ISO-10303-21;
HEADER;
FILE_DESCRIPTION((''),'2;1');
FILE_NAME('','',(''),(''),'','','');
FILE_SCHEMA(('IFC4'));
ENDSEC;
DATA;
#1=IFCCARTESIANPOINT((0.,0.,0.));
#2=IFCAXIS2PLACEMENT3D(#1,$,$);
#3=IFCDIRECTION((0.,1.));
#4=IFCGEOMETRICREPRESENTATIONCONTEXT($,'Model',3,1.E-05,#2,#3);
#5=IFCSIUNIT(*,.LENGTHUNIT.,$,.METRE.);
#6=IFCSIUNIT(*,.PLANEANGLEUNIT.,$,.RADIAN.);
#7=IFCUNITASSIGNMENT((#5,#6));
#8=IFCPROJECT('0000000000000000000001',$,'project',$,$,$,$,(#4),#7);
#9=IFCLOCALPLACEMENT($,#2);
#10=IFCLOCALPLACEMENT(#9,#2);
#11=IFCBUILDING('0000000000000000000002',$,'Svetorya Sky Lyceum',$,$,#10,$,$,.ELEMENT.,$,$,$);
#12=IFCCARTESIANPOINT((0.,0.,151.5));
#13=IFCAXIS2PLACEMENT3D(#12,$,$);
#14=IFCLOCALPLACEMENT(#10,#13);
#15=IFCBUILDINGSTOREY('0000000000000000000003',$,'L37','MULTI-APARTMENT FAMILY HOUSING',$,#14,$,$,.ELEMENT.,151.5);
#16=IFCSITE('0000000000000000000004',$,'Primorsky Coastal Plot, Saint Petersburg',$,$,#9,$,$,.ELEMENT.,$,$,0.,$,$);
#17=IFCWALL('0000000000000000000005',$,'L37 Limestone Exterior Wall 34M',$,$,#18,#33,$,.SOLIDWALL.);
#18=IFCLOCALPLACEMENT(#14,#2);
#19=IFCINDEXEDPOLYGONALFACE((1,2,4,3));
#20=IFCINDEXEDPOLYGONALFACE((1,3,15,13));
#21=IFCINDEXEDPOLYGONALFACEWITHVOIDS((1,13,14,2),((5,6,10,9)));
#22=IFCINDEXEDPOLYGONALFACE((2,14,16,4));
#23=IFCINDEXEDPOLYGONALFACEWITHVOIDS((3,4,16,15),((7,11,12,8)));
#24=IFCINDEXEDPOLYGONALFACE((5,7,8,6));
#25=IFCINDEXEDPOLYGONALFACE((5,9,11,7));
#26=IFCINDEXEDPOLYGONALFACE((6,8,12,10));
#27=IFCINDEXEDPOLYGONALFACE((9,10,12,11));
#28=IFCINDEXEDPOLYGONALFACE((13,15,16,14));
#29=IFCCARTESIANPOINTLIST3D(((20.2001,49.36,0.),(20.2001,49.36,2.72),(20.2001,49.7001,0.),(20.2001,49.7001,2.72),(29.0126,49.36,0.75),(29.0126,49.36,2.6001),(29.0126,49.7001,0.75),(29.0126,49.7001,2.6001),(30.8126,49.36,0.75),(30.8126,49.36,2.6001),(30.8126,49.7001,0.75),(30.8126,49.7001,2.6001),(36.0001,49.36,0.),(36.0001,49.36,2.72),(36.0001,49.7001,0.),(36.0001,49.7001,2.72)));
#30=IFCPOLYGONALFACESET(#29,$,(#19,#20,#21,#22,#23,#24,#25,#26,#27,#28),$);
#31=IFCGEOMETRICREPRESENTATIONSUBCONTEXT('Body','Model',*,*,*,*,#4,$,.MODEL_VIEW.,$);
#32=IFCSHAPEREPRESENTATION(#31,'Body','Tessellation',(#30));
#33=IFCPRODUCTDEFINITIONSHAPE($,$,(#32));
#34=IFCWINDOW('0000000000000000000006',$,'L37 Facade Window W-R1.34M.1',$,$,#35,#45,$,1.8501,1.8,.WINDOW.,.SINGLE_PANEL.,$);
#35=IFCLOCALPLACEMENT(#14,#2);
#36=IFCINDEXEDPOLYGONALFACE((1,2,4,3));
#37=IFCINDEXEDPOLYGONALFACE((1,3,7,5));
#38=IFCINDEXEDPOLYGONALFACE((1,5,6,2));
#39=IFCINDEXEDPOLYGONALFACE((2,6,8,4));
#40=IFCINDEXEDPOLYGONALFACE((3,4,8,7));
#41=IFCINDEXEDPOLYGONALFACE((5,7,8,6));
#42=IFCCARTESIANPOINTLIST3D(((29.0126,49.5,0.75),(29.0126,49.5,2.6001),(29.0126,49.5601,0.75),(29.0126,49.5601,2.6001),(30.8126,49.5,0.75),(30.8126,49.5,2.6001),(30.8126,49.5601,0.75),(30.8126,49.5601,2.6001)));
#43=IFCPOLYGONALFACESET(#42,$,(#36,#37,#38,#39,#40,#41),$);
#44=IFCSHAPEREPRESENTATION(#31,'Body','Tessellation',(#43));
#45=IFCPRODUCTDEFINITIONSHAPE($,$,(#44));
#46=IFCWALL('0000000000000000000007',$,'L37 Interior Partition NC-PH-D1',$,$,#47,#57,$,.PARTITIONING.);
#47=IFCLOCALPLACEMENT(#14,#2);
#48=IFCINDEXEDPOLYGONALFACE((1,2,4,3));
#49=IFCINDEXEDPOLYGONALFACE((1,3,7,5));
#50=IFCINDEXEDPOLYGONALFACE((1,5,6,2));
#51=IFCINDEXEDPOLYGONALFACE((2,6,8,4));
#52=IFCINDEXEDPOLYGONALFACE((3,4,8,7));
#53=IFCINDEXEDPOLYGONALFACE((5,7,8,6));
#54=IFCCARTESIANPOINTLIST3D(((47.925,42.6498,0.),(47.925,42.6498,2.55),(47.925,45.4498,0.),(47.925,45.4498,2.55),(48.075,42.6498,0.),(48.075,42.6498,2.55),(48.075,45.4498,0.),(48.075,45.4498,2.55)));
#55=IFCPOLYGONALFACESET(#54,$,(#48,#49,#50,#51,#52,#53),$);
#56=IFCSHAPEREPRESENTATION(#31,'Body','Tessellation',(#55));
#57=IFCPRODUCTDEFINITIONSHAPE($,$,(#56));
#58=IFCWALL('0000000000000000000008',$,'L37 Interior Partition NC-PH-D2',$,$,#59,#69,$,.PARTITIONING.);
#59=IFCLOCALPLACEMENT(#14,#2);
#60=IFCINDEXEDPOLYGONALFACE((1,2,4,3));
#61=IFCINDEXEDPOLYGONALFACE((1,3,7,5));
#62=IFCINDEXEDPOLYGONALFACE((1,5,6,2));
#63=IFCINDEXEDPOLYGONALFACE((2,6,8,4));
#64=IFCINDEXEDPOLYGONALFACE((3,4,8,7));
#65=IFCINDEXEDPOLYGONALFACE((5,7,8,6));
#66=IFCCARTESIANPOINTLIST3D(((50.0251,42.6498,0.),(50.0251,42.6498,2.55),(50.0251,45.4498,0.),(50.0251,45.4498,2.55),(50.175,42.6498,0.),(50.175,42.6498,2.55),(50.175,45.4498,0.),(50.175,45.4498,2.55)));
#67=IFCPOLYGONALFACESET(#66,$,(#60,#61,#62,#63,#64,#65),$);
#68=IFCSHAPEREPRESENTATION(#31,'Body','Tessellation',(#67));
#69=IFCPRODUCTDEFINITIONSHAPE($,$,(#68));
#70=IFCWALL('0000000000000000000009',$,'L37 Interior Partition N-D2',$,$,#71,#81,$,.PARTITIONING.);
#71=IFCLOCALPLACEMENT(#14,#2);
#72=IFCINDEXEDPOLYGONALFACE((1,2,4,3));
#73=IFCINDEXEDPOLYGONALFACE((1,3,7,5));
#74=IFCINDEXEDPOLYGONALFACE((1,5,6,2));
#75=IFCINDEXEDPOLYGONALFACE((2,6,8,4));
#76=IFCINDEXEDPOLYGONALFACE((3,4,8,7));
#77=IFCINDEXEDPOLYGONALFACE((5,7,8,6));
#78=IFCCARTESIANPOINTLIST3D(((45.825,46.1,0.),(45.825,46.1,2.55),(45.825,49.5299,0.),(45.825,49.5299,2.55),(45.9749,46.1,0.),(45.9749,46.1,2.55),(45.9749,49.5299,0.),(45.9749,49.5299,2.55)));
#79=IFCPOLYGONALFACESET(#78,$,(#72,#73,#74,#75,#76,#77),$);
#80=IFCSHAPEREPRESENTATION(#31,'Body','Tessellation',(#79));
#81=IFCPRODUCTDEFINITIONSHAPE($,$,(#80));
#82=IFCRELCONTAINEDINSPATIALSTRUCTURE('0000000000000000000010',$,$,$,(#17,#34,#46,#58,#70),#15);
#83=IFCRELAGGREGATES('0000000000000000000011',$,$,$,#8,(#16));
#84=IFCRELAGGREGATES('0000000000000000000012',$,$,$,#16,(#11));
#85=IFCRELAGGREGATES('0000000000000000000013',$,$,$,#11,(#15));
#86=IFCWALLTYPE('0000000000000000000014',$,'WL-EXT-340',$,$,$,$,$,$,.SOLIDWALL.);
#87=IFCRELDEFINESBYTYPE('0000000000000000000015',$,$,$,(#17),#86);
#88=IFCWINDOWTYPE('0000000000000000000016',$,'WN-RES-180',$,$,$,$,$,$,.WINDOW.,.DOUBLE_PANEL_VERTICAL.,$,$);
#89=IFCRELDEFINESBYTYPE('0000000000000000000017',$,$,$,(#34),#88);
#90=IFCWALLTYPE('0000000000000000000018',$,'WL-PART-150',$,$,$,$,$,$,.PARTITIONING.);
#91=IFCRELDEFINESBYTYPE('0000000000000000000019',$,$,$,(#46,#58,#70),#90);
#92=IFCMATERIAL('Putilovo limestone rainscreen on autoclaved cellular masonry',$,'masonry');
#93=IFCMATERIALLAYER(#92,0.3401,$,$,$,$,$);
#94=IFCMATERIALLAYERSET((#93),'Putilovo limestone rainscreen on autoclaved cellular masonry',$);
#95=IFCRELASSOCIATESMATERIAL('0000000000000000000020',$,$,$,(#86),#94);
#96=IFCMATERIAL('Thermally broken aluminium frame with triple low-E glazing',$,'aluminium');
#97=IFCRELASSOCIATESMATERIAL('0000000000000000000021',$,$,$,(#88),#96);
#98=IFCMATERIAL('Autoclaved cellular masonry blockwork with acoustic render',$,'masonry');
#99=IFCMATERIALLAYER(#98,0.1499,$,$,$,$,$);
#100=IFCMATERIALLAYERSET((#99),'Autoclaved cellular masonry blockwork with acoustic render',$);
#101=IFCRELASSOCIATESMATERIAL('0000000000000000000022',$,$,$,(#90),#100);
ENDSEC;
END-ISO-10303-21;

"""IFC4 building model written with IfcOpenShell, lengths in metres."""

from ifc_helpers import new_model, si_unit, direction, frame, frame_2d, origin, place, context, subcontext, project, spatial, rectangle, extrude, material, layer, layer_set, type_object, element, fill, save


model = new_model("IFC4")

# Units and contexts
model_context = context("Model", 3, precision=1e-05, world=origin(), true_north=direction((0.0, 1.0)))
body_context = subcontext(model_context, "Body", "Model", "MODEL_VIEW")
ifc_project = project(units=[si_unit("LENGTHUNIT", "METRE"), si_unit("PLANEANGLEUNIT", "RADIAN")], contexts=[model_context])

# Site, building, storey
site_placement = place(None, origin())
site = spatial("IfcSite", under=ifc_project, at=site_placement, Name="Primorsky Coastal Plot, Saint Petersburg", CompositionType="ELEMENT", RefElevation=0.0)
building_placement = place(site_placement, origin())
building = spatial("IfcBuilding", under=site, at=building_placement, Name="Svetorya Sky Lyceum", CompositionType="ELEMENT")
storey_placement = place(building_placement, frame((0.0, 0.0, 151.5)))
storey = spatial("IfcBuildingStorey", under=building, at=storey_placement, Name="L37", Description="MULTI-APARTMENT FAMILY HOUSING", CompositionType="ELEMENT", Elevation=151.5)

# Shared definitions
ifc_material_1 = material(Name="Putilovo limestone rainscreen on autoclaved cellular masonry", Category="masonry")
ifc_layer_1 = layer(ifc_material_1, 0.3401)
ifc_layer_set_1 = layer_set([ifc_layer_1], Name="Putilovo limestone rainscreen on autoclaved cellular masonry")
wall_type_1 = type_object("IfcWallType", Name="WL-EXT-340", PredefinedType="SOLIDWALL", material=ifc_layer_set_1)

# Wall, opening, window
wall_1_placement = place(storey_placement, frame((36.0, 49.53, 0.0), z_axis=(0.0, 0.0, 1.0), x_axis=(-1.0, 0.0, 0.0)))
wall_1 = element("IfcWall", 1, at=wall_1_placement, inside=storey, type_object=wall_type_1, Name="L37 Limestone Exterior Wall 34M", PredefinedType="SOLIDWALL", context=body_context, shape_type="SweptSolid", body=[
    extrude(rectangle(XDim=15.8, YDim=0.3401, at=frame_2d((7.8999, 0.0))), origin(), (0.0, 0.0, 1.0), 2.72),
])
opening_placement = place(wall_1_placement, frame((5.1875, 0.0, 0.75)))
opening = element("IfcOpeningElement", 2, at=opening_placement, cuts=wall_1, PredefinedType="OPENING", context=body_context, shape_type="SweptSolid", body=[
    extrude(rectangle(XDim=1.8, YDim=1.8501, at=frame_2d((0.8999, 0.925))), frame((0.0, 0.1799, 0.0), z_axis=(0.0, -1.0, 0.0), x_axis=(1.0, 0.0, 0.0)), (0.0, 0.0, 1.0), 0.3601),
])
ifc_material_2 = material(Name="Thermally broken aluminium frame with triple low-E glazing", Category="aluminium")
window_type = type_object("IfcWindowType", Name="WN-RES-180", PartitioningType="DOUBLE_PANEL_VERTICAL", PredefinedType="WINDOW", material=ifc_material_2)
window_placement = place(opening_placement, origin())
window = element("IfcWindow", 3, at=window_placement, inside=storey, type_object=window_type, Name="L37 Facade Window W-R1.34M.1", OverallHeight=1.8501, OverallWidth=1.8, PartitioningType="SINGLE_PANEL", PredefinedType="WINDOW", context=body_context, shape_type="SweptSolid", body=[
    extrude(rectangle(XDim=1.8, YDim=1.8501, at=frame_2d((0.8999, 0.925))), frame((0.0, 0.03, 0.0), z_axis=(0.0, -1.0, 0.0), x_axis=(1.0, 0.0, 0.0)), (0.0, 0.0, 1.0), 0.0601),
])
fill(opening, window)

# Walls
ifc_material_3 = material(Name="Autoclaved cellular masonry blockwork with acoustic render", Category="masonry")
ifc_layer_2 = layer(ifc_material_3, 0.1499)
ifc_layer_set_2 = layer_set([ifc_layer_2], Name="Autoclaved cellular masonry blockwork with acoustic render")
wall_type_2 = type_object("IfcWallType", Name="WL-PART-150", PredefinedType="PARTITIONING", material=ifc_layer_set_2)
for number, where, z_axis, x_axis, name in (
    (4, (48.0, 42.6499, 0.0), (0.0, 0.0, 1.0), (0.0, 1.0, 0.0), "L37 Interior Partition NC-PH-D1"),
    (5, (50.1001, 42.6499, 0.0), (0.0, 0.0, 1.0), (0.0, 1.0, 0.0), "L37 Interior Partition NC-PH-D2"),
):
    element("IfcWall", number, at=place(storey_placement, frame(where, z_axis=z_axis, x_axis=x_axis)), inside=storey, type_object=wall_type_2, Name=name, PredefinedType="PARTITIONING", context=body_context, shape_type="SweptSolid", body=[
        extrude(rectangle(XDim=2.8, YDim=0.1499, at=frame_2d((1.3999, 0.0))), origin(), (0.0, 0.0, 1.0), 2.55),
    ])
wall_2_placement = place(storey_placement, frame((45.8999, 46.1001, 0.0), z_axis=(0.0, 0.0, 1.0), x_axis=(0.0, 1.0, 0.0)))
element("IfcWall", 6, at=wall_2_placement, inside=storey, type_object=wall_type_2, Name="L37 Interior Partition N-D2", PredefinedType="PARTITIONING", context=body_context, shape_type="SweptSolid", body=[
    extrude(rectangle(XDim=3.4299, YDim=0.1499, at=frame_2d((1.7148, 0.0))), origin(), (0.0, 0.0, 1.0), 2.55),
])

save(model, "model.ifc")
